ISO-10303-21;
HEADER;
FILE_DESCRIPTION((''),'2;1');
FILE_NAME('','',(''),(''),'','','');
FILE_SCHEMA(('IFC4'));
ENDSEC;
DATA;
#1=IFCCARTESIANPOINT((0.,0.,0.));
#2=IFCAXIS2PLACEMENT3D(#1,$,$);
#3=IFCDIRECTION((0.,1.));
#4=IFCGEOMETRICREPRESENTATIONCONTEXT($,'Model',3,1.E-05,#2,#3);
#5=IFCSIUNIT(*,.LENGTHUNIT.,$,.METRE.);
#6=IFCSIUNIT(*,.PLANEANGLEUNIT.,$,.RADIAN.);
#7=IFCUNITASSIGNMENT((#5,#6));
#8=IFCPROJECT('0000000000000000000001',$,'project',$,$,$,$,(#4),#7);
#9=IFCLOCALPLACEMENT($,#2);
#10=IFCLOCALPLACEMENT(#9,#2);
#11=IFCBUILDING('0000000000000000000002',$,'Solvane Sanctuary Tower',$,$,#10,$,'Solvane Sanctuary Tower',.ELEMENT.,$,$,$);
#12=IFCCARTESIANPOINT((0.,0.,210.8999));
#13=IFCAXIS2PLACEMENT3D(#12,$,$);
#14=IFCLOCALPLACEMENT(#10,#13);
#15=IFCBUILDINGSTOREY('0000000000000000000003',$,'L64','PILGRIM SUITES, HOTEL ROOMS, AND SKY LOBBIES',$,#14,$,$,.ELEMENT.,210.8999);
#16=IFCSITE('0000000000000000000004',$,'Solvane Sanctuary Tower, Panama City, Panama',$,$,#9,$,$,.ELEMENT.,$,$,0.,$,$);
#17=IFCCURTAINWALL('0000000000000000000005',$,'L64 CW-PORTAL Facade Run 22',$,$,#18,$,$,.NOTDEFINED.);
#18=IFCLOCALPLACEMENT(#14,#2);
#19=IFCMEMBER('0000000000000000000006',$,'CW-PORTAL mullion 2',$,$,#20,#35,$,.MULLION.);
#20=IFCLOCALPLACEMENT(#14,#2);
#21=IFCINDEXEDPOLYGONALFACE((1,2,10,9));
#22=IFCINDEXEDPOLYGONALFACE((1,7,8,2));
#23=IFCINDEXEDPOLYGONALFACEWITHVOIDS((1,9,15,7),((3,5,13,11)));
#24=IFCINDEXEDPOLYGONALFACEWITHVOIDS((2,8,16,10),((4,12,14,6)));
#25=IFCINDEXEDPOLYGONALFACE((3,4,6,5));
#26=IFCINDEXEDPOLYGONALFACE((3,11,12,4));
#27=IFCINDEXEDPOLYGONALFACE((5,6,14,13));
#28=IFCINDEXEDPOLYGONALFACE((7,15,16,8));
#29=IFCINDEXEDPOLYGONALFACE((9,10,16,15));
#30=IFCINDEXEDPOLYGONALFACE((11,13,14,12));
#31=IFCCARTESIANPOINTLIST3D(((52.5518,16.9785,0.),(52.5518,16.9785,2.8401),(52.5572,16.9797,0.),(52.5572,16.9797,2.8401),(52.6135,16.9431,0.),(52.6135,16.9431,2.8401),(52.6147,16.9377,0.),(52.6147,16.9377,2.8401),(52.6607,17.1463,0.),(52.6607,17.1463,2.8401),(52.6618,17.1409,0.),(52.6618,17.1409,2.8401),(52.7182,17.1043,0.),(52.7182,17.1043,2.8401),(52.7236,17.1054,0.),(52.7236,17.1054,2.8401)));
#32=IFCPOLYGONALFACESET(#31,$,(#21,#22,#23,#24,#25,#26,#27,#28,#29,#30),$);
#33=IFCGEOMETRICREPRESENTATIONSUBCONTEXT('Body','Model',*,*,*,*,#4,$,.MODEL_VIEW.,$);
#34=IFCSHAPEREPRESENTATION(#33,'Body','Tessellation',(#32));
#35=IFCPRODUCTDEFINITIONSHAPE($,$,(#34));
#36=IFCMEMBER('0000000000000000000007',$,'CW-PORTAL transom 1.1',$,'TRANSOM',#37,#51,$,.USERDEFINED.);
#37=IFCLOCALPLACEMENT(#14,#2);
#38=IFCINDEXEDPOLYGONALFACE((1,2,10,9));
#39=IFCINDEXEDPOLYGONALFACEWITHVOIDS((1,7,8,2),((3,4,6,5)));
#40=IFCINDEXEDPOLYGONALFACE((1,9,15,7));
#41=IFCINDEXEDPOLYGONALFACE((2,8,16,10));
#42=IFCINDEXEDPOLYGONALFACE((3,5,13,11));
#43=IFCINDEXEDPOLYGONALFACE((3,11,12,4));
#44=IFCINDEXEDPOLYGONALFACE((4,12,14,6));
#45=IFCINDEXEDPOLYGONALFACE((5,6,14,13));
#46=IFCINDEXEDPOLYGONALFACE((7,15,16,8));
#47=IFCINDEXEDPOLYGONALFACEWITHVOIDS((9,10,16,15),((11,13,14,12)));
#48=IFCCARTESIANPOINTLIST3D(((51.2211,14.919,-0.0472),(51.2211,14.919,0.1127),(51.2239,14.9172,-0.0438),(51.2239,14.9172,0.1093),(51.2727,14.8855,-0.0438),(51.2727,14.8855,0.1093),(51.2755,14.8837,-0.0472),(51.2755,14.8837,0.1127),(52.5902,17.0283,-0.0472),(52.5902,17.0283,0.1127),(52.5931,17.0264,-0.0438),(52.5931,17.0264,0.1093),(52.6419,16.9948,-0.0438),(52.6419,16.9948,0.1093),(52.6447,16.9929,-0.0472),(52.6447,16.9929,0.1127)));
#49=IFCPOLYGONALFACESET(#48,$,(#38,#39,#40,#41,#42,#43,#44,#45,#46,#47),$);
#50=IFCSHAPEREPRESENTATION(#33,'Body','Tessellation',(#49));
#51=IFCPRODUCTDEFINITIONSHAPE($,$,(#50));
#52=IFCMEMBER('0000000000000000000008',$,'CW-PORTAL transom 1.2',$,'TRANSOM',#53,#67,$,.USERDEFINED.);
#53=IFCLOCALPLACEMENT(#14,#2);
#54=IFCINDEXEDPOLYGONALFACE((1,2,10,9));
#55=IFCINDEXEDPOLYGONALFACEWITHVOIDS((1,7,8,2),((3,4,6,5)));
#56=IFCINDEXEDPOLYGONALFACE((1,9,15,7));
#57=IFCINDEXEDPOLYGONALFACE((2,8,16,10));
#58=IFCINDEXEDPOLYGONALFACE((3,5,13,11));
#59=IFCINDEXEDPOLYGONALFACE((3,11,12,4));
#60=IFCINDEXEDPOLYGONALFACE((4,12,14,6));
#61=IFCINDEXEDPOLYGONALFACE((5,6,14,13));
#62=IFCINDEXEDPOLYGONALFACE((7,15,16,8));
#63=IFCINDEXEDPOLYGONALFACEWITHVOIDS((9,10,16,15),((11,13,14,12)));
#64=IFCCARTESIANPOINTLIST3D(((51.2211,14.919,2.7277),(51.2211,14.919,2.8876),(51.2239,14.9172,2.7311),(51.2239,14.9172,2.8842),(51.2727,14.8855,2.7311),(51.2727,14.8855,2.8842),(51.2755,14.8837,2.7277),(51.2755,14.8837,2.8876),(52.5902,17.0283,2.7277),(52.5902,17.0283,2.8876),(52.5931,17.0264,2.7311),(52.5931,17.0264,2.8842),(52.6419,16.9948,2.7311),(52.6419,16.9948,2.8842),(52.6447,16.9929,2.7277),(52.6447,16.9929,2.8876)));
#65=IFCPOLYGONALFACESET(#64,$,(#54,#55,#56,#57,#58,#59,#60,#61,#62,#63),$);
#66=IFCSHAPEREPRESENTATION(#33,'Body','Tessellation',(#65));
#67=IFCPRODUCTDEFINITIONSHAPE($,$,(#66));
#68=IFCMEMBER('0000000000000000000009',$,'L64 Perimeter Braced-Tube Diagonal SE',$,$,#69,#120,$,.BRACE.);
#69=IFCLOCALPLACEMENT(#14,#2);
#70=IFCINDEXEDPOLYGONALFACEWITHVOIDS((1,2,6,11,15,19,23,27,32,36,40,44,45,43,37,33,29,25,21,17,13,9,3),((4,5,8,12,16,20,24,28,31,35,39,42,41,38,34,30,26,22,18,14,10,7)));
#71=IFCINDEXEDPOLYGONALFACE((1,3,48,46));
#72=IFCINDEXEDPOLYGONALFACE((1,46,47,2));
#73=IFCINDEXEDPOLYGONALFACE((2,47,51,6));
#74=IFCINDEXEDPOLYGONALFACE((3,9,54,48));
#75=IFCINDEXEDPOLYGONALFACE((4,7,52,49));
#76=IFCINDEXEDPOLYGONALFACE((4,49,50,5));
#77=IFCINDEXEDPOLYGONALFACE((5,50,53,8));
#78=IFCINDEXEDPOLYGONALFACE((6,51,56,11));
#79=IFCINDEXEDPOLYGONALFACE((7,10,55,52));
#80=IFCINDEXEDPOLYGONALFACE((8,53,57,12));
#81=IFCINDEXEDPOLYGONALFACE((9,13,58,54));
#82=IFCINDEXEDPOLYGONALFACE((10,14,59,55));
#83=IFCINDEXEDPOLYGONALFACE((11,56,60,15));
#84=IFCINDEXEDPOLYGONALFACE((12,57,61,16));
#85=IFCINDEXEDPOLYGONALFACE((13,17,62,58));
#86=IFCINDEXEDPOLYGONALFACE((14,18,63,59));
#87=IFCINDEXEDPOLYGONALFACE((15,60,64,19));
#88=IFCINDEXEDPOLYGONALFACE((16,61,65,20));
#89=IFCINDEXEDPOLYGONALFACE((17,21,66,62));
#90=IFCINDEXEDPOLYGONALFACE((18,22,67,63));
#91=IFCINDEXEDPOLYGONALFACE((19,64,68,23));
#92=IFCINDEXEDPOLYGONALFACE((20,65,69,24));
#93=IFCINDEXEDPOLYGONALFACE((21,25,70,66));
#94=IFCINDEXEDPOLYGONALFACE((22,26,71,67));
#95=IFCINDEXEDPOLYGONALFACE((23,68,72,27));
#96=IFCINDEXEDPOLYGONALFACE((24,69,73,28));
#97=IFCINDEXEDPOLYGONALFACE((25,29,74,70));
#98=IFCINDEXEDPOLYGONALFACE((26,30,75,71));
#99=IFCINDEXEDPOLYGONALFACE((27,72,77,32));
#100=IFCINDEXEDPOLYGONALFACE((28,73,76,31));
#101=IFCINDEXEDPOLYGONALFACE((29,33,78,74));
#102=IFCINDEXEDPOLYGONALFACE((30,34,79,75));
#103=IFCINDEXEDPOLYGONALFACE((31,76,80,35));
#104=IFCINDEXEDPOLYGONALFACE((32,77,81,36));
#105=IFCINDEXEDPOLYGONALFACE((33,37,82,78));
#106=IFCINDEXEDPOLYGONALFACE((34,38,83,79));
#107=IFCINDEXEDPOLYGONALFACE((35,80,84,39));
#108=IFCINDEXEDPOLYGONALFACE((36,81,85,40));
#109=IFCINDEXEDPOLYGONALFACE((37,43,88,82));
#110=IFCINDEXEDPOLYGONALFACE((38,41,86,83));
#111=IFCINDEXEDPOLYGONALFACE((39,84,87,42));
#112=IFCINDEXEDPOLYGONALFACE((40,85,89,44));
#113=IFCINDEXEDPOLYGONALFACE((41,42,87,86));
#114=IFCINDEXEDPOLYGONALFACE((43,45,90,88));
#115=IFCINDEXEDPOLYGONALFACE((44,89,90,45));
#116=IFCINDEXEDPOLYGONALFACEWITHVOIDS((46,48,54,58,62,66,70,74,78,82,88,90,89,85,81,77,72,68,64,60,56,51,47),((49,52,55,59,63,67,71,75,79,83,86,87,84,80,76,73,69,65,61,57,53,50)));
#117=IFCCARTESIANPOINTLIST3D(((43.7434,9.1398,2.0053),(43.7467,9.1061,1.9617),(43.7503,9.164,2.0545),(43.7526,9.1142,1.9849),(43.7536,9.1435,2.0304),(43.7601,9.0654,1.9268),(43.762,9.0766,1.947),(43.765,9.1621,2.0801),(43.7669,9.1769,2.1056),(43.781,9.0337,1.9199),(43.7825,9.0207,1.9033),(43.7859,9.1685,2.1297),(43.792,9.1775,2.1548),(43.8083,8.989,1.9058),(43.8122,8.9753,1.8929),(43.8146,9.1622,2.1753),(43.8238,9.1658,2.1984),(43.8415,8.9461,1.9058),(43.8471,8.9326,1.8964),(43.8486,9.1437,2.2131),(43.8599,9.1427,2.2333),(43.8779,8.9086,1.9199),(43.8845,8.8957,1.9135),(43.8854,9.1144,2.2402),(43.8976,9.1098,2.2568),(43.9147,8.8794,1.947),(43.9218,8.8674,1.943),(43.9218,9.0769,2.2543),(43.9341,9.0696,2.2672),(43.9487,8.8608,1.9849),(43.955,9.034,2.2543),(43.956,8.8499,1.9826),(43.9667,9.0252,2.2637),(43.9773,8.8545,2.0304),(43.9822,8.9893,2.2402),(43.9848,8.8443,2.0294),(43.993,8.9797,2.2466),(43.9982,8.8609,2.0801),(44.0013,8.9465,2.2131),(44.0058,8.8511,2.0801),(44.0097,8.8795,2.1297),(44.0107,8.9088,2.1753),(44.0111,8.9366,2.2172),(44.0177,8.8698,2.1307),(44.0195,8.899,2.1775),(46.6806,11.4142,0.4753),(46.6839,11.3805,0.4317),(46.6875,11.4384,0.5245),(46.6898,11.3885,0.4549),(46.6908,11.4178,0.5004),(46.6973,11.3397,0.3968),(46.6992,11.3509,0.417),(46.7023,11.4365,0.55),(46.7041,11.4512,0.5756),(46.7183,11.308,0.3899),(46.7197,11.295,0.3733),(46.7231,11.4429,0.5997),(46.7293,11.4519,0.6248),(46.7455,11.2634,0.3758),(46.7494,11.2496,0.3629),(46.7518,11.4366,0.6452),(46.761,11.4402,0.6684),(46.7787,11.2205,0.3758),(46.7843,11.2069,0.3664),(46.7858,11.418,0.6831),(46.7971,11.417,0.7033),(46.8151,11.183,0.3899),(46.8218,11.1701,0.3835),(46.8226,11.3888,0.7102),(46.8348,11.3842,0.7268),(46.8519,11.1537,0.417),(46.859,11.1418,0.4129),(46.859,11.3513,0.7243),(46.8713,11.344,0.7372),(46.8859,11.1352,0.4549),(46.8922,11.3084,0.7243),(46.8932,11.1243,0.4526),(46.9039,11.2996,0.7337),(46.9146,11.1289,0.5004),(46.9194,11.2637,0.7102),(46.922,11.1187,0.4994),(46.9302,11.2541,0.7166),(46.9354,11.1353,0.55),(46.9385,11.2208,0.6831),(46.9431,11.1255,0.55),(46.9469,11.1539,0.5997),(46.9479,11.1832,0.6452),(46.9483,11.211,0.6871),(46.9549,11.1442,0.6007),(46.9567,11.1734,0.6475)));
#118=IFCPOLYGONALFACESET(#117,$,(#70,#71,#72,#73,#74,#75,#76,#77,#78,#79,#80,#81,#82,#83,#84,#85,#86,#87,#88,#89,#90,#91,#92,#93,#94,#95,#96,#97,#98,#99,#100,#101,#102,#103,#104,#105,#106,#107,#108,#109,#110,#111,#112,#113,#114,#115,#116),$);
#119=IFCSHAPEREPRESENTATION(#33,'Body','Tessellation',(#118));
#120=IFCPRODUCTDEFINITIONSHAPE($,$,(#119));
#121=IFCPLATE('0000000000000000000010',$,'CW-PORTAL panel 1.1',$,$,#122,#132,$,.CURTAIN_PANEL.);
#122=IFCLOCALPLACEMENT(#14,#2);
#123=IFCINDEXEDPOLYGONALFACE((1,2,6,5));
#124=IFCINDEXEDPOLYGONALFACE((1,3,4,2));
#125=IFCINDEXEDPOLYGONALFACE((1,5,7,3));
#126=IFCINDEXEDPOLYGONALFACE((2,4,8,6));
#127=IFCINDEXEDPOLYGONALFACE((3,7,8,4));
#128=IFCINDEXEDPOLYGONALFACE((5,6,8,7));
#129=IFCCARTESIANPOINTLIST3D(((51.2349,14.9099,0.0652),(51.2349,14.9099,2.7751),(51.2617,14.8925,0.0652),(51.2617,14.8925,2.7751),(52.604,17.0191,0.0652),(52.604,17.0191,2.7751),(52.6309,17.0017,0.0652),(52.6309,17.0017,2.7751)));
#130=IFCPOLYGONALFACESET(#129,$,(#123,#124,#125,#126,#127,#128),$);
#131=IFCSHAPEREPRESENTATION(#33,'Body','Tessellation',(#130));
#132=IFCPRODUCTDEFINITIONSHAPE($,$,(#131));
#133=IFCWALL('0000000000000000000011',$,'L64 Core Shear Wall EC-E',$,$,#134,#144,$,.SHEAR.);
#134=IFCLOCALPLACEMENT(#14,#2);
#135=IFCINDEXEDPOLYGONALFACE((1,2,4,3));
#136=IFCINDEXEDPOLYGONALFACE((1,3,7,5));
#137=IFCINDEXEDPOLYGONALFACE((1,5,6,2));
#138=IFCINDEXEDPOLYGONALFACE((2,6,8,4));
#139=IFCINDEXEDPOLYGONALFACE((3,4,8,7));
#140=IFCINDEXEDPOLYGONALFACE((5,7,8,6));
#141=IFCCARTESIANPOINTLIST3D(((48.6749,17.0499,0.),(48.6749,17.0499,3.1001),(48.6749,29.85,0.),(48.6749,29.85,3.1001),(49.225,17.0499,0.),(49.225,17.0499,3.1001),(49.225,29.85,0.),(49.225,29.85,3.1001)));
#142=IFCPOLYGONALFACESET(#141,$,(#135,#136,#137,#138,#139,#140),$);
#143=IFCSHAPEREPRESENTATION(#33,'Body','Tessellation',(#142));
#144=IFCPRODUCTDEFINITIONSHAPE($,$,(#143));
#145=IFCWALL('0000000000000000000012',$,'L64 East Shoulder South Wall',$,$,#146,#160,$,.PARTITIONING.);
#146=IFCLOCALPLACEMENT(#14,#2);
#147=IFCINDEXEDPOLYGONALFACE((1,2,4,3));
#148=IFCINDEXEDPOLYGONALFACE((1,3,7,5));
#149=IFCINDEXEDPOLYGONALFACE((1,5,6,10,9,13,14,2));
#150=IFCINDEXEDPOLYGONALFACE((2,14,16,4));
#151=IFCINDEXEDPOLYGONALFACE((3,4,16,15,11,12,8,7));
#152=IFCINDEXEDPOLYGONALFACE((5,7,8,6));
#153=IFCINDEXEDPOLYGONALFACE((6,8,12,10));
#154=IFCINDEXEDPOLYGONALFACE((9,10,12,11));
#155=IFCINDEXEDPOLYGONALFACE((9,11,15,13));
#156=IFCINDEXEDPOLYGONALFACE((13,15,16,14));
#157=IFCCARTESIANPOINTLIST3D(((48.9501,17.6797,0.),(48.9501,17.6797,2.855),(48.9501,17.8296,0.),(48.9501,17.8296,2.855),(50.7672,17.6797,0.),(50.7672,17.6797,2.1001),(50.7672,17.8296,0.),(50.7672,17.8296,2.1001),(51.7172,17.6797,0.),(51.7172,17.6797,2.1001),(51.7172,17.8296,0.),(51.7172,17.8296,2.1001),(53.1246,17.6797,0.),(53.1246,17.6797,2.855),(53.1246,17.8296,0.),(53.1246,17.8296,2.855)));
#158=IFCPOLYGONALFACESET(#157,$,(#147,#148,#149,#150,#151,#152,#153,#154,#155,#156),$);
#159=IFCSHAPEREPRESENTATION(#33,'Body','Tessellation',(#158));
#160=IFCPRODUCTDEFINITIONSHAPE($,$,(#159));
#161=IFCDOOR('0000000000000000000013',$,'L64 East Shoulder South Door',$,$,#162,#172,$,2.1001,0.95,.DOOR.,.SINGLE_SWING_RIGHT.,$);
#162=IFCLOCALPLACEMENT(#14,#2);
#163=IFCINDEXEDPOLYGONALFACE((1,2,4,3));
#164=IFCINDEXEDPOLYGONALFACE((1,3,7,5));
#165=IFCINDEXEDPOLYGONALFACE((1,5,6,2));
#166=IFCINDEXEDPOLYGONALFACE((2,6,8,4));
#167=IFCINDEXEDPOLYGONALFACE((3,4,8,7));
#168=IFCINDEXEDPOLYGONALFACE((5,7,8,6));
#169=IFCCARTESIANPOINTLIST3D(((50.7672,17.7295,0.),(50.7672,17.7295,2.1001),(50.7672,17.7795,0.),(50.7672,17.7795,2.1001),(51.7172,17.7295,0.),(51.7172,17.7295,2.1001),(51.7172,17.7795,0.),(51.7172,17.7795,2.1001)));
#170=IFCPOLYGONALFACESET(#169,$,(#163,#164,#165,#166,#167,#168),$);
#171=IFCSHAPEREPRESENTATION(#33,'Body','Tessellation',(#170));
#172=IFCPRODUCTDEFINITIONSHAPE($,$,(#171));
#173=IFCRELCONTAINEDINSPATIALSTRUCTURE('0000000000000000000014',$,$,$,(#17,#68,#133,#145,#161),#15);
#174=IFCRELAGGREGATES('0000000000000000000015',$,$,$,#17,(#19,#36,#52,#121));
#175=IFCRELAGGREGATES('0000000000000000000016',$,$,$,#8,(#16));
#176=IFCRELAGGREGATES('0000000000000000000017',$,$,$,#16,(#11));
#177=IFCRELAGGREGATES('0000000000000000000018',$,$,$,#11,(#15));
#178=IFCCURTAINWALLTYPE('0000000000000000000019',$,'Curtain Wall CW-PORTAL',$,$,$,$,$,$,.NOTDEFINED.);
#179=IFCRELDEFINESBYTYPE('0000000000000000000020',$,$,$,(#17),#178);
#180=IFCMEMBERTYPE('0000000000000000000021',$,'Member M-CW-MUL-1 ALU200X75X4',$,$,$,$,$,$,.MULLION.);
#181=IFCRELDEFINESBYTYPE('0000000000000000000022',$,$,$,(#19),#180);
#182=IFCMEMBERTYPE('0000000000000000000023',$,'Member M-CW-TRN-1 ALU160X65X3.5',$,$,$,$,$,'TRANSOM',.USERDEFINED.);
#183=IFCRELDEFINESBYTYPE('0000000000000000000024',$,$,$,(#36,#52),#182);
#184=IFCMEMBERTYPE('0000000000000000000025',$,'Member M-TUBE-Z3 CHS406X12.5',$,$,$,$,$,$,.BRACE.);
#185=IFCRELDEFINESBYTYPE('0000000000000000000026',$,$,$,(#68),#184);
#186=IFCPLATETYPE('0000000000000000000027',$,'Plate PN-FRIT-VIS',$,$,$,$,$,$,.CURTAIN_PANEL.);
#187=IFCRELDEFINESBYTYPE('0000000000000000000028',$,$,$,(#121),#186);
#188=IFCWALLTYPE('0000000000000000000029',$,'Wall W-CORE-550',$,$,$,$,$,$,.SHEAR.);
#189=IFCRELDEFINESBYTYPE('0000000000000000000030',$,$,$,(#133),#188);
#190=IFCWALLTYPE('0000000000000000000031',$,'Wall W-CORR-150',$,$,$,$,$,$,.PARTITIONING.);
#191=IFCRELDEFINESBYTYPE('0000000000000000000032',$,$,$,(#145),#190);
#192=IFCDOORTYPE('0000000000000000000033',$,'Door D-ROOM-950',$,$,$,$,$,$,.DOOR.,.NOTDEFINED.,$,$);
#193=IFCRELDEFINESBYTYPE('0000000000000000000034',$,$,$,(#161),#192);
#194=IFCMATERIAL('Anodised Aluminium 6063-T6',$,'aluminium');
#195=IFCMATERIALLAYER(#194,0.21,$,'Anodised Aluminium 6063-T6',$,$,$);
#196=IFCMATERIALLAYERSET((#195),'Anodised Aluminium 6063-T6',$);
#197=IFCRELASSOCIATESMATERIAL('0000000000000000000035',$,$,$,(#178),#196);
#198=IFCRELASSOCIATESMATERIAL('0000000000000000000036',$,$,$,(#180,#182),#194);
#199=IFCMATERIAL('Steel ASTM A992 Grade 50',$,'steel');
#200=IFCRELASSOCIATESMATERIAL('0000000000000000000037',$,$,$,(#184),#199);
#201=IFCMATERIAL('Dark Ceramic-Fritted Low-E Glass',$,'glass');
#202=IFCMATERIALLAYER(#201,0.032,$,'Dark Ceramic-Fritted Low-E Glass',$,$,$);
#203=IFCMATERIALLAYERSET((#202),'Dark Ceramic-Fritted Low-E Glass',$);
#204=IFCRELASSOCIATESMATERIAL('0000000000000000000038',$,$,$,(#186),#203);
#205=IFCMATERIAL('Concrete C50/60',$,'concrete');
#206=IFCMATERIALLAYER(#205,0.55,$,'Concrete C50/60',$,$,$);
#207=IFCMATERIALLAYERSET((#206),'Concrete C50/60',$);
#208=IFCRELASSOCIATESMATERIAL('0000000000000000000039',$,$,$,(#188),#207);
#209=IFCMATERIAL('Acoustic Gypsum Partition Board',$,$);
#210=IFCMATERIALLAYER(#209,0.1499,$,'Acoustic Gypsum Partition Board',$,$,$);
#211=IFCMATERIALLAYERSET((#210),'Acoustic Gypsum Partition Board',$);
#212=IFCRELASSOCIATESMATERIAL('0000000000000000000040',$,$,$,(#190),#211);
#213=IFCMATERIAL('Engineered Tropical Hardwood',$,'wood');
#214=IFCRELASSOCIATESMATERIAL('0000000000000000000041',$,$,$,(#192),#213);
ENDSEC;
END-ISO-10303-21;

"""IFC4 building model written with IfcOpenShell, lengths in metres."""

from ifc_helpers import new_model, si_unit, direction, frame, frame_2d, origin, origin_2d, place, context, subcontext, project, spatial, rectangle, hollow_rectangle, hollow_circle, extrude, material, layer, layer_set, material_profile, profile_set, type_object, element, fill, aggregate, save


model = new_model("IFC4")

# Units and contexts
model_context = context("Model", 3, precision=1e-05, world=origin(), true_north=direction((0.0, 1.0)))
body_context = subcontext(model_context, "Body", "Model", "MODEL_VIEW")
ifc_project = project(units=[si_unit("LENGTHUNIT", "METRE"), si_unit("PLANEANGLEUNIT", "RADIAN")], contexts=[model_context])

# Site, building, storey
site_placement = place(None, origin())
site = spatial("IfcSite", under=ifc_project, at=site_placement, Name="Solvane Sanctuary Tower, Panama City, Panama", CompositionType="ELEMENT", RefElevation=0.0)
building_placement = place(site_placement, origin())
building = spatial("IfcBuilding", under=site, at=building_placement, Name="Solvane Sanctuary Tower", LongName="Solvane Sanctuary Tower", CompositionType="ELEMENT")
storey_placement = place(building_placement, frame((0.0, 0.0, 210.8999)))
storey = spatial("IfcBuildingStorey", under=building, at=storey_placement, Name="L64", Description="PILGRIM SUITES, HOTEL ROOMS, AND SKY LOBBIES", CompositionType="ELEMENT", Elevation=210.8999)

# Shared definitions
ifc_material_1 = material(Name="Concrete C50/60", Category="concrete")

# Shared definitions
ifc_material_2 = material(Name="Steel ASTM A992 Grade 50", Category="steel")

# Curtain wall, members
ifc_material_3 = material(Name="Anodised Aluminium 6063-T6", Category="aluminium")
ifc_layer_1 = layer(ifc_material_3, 0.21, Name="Anodised Aluminium 6063-T6")
ifc_layer_set_1 = layer_set([ifc_layer_1], Name="Anodised Aluminium 6063-T6")
curtain_wall_type = type_object("IfcCurtainWallType", Name="Curtain Wall CW-PORTAL", PredefinedType="NOTDEFINED", material=ifc_layer_set_1)
curtain_wall_placement = place(storey_placement, origin())
curtain_wall = element("IfcCurtainWall", 1, at=curtain_wall_placement, inside=storey, type_object=curtain_wall_type, Name="L64 CW-PORTAL Facade Run 22", PredefinedType="NOTDEFINED")
ifc_material_profile_1 = material_profile(ifc_material_3, hollow_rectangle(XDim=0.075, YDim=0.2, WallThickness=0.0039, at=origin_2d()), Name="ALU200X75X4")
ifc_profile_set_1 = profile_set([ifc_material_profile_1], Name="Anodised Aluminium 6063-T6")
member_type_1 = type_object("IfcMemberType", Name="Member M-CW-MUL-1 ALU200X75X4", PredefinedType="MULLION", material=ifc_profile_set_1)
member_1_placement = place(storey_placement, frame((52.6377, 17.042, 0.0), z_axis=(0.0, 0.0, 1.0), x_axis=(-0.838778, 0.544474, 0.0)))
member_1 = element("IfcMember", 2, at=member_1_placement, type_object=member_type_1, Name="CW-PORTAL mullion 2", PredefinedType="MULLION", context=body_context, shape_type="SweptSolid", body=[
    extrude(hollow_rectangle(XDim=0.075, YDim=0.2, WallThickness=0.0039, at=origin_2d()), origin(), (0.0, 0.0, 1.0), 2.8401),
])
ifc_material_profile_2 = material_profile(ifc_material_3, hollow_rectangle(XDim=0.0649, YDim=0.1599, WallThickness=0.0034, at=origin_2d()), Name="ALU160X65X3.5")
ifc_profile_set_2 = profile_set([ifc_material_profile_2], Name="Anodised Aluminium 6063-T6")
member_type_2 = type_object("IfcMemberType", Name="Member M-CW-TRN-1 ALU160X65X3.5", ElementType="TRANSOM", PredefinedType="USERDEFINED", material=ifc_profile_set_2)
member_2_placement = place(storey_placement, frame((51.2483, 14.9014, 0.0327), z_axis=(0.544487, 0.83877, 0.0), x_axis=(-0.83877, 0.544487, 0.0)))
member_2 = element("IfcMember", 3, at=member_2_placement, type_object=member_type_2, Name="CW-PORTAL transom 1.1", ObjectType="TRANSOM", PredefinedType="USERDEFINED", context=body_context, shape_type="SweptSolid", body=[
    extrude(hollow_rectangle(XDim=0.0649, YDim=0.1599, WallThickness=0.0034, at=origin_2d()), origin(), (0.0, 0.0, 1.0), 2.5146),
])
member_3_placement = place(storey_placement, frame((51.2483, 14.9014, 2.8076), z_axis=(0.544487, 0.83877, 0.0), x_axis=(-0.83877, 0.544487, 0.0)))
member_3 = element("IfcMember", 4, at=member_3_placement, type_object=member_type_2, Name="CW-PORTAL transom 1.2", ObjectType="TRANSOM", PredefinedType="USERDEFINED", context=body_context, shape_type="SweptSolid", body=[
    extrude(hollow_rectangle(XDim=0.0649, YDim=0.1599, WallThickness=0.0034, at=origin_2d()), origin(), (0.0, 0.0, 1.0), 2.5146),
])

# Member
ifc_material_profile_3 = material_profile(ifc_material_2, hollow_circle(Radius=0.2029, WallThickness=0.0125, at=origin_2d()), Name="CHS406X12.5")
ifc_profile_set_3 = profile_set([ifc_material_profile_3], Name="Steel ASTM A992 Grade 50")
member_type_3 = type_object("IfcMemberType", Name="Member M-TUBE-Z3 CHS406X12.5", PredefinedType="BRACE", material=ifc_profile_set_3)
member_4_placement = place(storey_placement, frame((46.8188, 11.2859, 0.55), z_axis=(-0.73109, -0.566107, 0.380828), x_axis=(0.612242, -0.79067, 0.0)))
element("IfcMember", 5, at=member_4_placement, inside=storey, type_object=member_type_3, Name="L64 Perimeter Braced-Tube Diagonal SE", PredefinedType="BRACE", context=body_context, shape_type="SweptSolid", body=[
    extrude(hollow_circle(Radius=0.2029, WallThickness=0.0125, at=origin_2d()), origin(), (0.0, 0.0, 1.0), 4.0176),
])

# Plate
ifc_material_4 = material(Name="Dark Ceramic-Fritted Low-E Glass", Category="glass")
ifc_layer_2 = layer(ifc_material_4, 0.032, Name="Dark Ceramic-Fritted Low-E Glass")
ifc_layer_set_2 = layer_set([ifc_layer_2], Name="Dark Ceramic-Fritted Low-E Glass")
plate_type = type_object("IfcPlateType", Name="Plate PN-FRIT-VIS", PredefinedType="CURTAIN_PANEL", material=ifc_layer_set_2)
plate_placement = place(storey_placement, frame((51.9329, 15.9558, 0.0652), z_axis=(0.0, 0.0, 1.0), x_axis=(0.544474, 0.838778, 0.0)))
plate = element("IfcPlate", 6, at=plate_placement, type_object=plate_type, Name="CW-PORTAL panel 1.1", PredefinedType="CURTAIN_PANEL", context=body_context, shape_type="SweptSolid", body=[
    extrude(rectangle(XDim=2.5146, YDim=0.032, at=origin_2d()), origin(), (0.0, 0.0, 1.0), 2.71),
])
aggregate(curtain_wall, [member_1, member_2, member_3, plate])

# Wall
ifc_layer_3 = layer(ifc_material_1, 0.55, Name="Concrete C50/60")
ifc_layer_set_3 = layer_set([ifc_layer_3], Name="Concrete C50/60")
wall_type_1 = type_object("IfcWallType", Name="Wall W-CORE-550", PredefinedType="SHEAR", material=ifc_layer_set_3)
wall_1_placement = place(storey_placement, frame((48.95, 17.05, 0.0), z_axis=(0.0, 0.0, 1.0), x_axis=(0.0, 1.0, 0.0)))
element("IfcWall", 7, at=wall_1_placement, inside=storey, type_object=wall_type_1, Name="L64 Core Shear Wall EC-E", PredefinedType="SHEAR", context=body_context, shape_type="SweptSolid", body=[
    extrude(rectangle(XDim=12.8, YDim=0.55, at=frame_2d((6.3999, 0.0))), origin(), (0.0, 0.0, 1.0), 3.1001),
])

# Wall, opening, door
ifc_material_5 = material(Name="Acoustic Gypsum Partition Board")
ifc_layer_4 = layer(ifc_material_5, 0.1499, Name="Acoustic Gypsum Partition Board")
ifc_layer_set_4 = layer_set([ifc_layer_4], Name="Acoustic Gypsum Partition Board")
wall_type_2 = type_object("IfcWallType", Name="Wall W-CORR-150", PredefinedType="PARTITIONING", material=ifc_layer_set_4)
wall_2_placement = place(storey_placement, frame((48.95, 17.7546, 0.0), z_axis=(0.0, 0.0, 1.0), x_axis=(1.0, 0.0, 0.0)))
wall_2 = element("IfcWall", 8, at=wall_2_placement, inside=storey, type_object=wall_type_2, Name="L64 East Shoulder South Wall", PredefinedType="PARTITIONING", context=body_context, shape_type="SweptSolid", body=[
    extrude(rectangle(XDim=4.1746, YDim=0.1499, at=frame_2d((2.0874, 0.0))), origin(), (0.0, 0.0, 1.0), 2.855),
])
opening_1_placement = place(wall_2_placement, frame((1.8171, 0.0, 0.0)))
opening_1 = element("IfcOpeningElement", 9, at=opening_1_placement, cuts=wall_2, PredefinedType="OPENING", context=body_context, shape_type="SweptSolid", body=[
    extrude(rectangle(XDim=0.95, YDim=2.1001, at=frame_2d((0.4751, 1.05))), frame((0.0, 0.085, 0.0), z_axis=(0.0, -1.0, 0.0), x_axis=(1.0, 0.0, 0.0)), (0.0, 0.0, 1.0), 0.1699),
])
ifc_material_6 = material(Name="Engineered Tropical Hardwood", Category="wood")
door_type = type_object("IfcDoorType", Name="Door D-ROOM-950", OperationType="NOTDEFINED", PredefinedType="DOOR", material=ifc_material_6)
door_placement = place(opening_1_placement, origin())
door = element("IfcDoor", 10, at=door_placement, inside=storey, type_object=door_type, Name="L64 East Shoulder South Door", OperationType="SINGLE_SWING_RIGHT", OverallHeight=2.1001, OverallWidth=0.95, PredefinedType="DOOR", context=body_context, shape_type="SweptSolid", body=[
    extrude(rectangle(XDim=0.95, YDim=2.1001, at=frame_2d((0.4751, 1.05))), frame((0.0, 0.0249, 0.0), z_axis=(0.0, -1.0, 0.0), x_axis=(1.0, 0.0, 0.0)), (0.0, 0.0, 1.0), 0.05),
])
fill(opening_1, door)

save(model, "model.ifc")
